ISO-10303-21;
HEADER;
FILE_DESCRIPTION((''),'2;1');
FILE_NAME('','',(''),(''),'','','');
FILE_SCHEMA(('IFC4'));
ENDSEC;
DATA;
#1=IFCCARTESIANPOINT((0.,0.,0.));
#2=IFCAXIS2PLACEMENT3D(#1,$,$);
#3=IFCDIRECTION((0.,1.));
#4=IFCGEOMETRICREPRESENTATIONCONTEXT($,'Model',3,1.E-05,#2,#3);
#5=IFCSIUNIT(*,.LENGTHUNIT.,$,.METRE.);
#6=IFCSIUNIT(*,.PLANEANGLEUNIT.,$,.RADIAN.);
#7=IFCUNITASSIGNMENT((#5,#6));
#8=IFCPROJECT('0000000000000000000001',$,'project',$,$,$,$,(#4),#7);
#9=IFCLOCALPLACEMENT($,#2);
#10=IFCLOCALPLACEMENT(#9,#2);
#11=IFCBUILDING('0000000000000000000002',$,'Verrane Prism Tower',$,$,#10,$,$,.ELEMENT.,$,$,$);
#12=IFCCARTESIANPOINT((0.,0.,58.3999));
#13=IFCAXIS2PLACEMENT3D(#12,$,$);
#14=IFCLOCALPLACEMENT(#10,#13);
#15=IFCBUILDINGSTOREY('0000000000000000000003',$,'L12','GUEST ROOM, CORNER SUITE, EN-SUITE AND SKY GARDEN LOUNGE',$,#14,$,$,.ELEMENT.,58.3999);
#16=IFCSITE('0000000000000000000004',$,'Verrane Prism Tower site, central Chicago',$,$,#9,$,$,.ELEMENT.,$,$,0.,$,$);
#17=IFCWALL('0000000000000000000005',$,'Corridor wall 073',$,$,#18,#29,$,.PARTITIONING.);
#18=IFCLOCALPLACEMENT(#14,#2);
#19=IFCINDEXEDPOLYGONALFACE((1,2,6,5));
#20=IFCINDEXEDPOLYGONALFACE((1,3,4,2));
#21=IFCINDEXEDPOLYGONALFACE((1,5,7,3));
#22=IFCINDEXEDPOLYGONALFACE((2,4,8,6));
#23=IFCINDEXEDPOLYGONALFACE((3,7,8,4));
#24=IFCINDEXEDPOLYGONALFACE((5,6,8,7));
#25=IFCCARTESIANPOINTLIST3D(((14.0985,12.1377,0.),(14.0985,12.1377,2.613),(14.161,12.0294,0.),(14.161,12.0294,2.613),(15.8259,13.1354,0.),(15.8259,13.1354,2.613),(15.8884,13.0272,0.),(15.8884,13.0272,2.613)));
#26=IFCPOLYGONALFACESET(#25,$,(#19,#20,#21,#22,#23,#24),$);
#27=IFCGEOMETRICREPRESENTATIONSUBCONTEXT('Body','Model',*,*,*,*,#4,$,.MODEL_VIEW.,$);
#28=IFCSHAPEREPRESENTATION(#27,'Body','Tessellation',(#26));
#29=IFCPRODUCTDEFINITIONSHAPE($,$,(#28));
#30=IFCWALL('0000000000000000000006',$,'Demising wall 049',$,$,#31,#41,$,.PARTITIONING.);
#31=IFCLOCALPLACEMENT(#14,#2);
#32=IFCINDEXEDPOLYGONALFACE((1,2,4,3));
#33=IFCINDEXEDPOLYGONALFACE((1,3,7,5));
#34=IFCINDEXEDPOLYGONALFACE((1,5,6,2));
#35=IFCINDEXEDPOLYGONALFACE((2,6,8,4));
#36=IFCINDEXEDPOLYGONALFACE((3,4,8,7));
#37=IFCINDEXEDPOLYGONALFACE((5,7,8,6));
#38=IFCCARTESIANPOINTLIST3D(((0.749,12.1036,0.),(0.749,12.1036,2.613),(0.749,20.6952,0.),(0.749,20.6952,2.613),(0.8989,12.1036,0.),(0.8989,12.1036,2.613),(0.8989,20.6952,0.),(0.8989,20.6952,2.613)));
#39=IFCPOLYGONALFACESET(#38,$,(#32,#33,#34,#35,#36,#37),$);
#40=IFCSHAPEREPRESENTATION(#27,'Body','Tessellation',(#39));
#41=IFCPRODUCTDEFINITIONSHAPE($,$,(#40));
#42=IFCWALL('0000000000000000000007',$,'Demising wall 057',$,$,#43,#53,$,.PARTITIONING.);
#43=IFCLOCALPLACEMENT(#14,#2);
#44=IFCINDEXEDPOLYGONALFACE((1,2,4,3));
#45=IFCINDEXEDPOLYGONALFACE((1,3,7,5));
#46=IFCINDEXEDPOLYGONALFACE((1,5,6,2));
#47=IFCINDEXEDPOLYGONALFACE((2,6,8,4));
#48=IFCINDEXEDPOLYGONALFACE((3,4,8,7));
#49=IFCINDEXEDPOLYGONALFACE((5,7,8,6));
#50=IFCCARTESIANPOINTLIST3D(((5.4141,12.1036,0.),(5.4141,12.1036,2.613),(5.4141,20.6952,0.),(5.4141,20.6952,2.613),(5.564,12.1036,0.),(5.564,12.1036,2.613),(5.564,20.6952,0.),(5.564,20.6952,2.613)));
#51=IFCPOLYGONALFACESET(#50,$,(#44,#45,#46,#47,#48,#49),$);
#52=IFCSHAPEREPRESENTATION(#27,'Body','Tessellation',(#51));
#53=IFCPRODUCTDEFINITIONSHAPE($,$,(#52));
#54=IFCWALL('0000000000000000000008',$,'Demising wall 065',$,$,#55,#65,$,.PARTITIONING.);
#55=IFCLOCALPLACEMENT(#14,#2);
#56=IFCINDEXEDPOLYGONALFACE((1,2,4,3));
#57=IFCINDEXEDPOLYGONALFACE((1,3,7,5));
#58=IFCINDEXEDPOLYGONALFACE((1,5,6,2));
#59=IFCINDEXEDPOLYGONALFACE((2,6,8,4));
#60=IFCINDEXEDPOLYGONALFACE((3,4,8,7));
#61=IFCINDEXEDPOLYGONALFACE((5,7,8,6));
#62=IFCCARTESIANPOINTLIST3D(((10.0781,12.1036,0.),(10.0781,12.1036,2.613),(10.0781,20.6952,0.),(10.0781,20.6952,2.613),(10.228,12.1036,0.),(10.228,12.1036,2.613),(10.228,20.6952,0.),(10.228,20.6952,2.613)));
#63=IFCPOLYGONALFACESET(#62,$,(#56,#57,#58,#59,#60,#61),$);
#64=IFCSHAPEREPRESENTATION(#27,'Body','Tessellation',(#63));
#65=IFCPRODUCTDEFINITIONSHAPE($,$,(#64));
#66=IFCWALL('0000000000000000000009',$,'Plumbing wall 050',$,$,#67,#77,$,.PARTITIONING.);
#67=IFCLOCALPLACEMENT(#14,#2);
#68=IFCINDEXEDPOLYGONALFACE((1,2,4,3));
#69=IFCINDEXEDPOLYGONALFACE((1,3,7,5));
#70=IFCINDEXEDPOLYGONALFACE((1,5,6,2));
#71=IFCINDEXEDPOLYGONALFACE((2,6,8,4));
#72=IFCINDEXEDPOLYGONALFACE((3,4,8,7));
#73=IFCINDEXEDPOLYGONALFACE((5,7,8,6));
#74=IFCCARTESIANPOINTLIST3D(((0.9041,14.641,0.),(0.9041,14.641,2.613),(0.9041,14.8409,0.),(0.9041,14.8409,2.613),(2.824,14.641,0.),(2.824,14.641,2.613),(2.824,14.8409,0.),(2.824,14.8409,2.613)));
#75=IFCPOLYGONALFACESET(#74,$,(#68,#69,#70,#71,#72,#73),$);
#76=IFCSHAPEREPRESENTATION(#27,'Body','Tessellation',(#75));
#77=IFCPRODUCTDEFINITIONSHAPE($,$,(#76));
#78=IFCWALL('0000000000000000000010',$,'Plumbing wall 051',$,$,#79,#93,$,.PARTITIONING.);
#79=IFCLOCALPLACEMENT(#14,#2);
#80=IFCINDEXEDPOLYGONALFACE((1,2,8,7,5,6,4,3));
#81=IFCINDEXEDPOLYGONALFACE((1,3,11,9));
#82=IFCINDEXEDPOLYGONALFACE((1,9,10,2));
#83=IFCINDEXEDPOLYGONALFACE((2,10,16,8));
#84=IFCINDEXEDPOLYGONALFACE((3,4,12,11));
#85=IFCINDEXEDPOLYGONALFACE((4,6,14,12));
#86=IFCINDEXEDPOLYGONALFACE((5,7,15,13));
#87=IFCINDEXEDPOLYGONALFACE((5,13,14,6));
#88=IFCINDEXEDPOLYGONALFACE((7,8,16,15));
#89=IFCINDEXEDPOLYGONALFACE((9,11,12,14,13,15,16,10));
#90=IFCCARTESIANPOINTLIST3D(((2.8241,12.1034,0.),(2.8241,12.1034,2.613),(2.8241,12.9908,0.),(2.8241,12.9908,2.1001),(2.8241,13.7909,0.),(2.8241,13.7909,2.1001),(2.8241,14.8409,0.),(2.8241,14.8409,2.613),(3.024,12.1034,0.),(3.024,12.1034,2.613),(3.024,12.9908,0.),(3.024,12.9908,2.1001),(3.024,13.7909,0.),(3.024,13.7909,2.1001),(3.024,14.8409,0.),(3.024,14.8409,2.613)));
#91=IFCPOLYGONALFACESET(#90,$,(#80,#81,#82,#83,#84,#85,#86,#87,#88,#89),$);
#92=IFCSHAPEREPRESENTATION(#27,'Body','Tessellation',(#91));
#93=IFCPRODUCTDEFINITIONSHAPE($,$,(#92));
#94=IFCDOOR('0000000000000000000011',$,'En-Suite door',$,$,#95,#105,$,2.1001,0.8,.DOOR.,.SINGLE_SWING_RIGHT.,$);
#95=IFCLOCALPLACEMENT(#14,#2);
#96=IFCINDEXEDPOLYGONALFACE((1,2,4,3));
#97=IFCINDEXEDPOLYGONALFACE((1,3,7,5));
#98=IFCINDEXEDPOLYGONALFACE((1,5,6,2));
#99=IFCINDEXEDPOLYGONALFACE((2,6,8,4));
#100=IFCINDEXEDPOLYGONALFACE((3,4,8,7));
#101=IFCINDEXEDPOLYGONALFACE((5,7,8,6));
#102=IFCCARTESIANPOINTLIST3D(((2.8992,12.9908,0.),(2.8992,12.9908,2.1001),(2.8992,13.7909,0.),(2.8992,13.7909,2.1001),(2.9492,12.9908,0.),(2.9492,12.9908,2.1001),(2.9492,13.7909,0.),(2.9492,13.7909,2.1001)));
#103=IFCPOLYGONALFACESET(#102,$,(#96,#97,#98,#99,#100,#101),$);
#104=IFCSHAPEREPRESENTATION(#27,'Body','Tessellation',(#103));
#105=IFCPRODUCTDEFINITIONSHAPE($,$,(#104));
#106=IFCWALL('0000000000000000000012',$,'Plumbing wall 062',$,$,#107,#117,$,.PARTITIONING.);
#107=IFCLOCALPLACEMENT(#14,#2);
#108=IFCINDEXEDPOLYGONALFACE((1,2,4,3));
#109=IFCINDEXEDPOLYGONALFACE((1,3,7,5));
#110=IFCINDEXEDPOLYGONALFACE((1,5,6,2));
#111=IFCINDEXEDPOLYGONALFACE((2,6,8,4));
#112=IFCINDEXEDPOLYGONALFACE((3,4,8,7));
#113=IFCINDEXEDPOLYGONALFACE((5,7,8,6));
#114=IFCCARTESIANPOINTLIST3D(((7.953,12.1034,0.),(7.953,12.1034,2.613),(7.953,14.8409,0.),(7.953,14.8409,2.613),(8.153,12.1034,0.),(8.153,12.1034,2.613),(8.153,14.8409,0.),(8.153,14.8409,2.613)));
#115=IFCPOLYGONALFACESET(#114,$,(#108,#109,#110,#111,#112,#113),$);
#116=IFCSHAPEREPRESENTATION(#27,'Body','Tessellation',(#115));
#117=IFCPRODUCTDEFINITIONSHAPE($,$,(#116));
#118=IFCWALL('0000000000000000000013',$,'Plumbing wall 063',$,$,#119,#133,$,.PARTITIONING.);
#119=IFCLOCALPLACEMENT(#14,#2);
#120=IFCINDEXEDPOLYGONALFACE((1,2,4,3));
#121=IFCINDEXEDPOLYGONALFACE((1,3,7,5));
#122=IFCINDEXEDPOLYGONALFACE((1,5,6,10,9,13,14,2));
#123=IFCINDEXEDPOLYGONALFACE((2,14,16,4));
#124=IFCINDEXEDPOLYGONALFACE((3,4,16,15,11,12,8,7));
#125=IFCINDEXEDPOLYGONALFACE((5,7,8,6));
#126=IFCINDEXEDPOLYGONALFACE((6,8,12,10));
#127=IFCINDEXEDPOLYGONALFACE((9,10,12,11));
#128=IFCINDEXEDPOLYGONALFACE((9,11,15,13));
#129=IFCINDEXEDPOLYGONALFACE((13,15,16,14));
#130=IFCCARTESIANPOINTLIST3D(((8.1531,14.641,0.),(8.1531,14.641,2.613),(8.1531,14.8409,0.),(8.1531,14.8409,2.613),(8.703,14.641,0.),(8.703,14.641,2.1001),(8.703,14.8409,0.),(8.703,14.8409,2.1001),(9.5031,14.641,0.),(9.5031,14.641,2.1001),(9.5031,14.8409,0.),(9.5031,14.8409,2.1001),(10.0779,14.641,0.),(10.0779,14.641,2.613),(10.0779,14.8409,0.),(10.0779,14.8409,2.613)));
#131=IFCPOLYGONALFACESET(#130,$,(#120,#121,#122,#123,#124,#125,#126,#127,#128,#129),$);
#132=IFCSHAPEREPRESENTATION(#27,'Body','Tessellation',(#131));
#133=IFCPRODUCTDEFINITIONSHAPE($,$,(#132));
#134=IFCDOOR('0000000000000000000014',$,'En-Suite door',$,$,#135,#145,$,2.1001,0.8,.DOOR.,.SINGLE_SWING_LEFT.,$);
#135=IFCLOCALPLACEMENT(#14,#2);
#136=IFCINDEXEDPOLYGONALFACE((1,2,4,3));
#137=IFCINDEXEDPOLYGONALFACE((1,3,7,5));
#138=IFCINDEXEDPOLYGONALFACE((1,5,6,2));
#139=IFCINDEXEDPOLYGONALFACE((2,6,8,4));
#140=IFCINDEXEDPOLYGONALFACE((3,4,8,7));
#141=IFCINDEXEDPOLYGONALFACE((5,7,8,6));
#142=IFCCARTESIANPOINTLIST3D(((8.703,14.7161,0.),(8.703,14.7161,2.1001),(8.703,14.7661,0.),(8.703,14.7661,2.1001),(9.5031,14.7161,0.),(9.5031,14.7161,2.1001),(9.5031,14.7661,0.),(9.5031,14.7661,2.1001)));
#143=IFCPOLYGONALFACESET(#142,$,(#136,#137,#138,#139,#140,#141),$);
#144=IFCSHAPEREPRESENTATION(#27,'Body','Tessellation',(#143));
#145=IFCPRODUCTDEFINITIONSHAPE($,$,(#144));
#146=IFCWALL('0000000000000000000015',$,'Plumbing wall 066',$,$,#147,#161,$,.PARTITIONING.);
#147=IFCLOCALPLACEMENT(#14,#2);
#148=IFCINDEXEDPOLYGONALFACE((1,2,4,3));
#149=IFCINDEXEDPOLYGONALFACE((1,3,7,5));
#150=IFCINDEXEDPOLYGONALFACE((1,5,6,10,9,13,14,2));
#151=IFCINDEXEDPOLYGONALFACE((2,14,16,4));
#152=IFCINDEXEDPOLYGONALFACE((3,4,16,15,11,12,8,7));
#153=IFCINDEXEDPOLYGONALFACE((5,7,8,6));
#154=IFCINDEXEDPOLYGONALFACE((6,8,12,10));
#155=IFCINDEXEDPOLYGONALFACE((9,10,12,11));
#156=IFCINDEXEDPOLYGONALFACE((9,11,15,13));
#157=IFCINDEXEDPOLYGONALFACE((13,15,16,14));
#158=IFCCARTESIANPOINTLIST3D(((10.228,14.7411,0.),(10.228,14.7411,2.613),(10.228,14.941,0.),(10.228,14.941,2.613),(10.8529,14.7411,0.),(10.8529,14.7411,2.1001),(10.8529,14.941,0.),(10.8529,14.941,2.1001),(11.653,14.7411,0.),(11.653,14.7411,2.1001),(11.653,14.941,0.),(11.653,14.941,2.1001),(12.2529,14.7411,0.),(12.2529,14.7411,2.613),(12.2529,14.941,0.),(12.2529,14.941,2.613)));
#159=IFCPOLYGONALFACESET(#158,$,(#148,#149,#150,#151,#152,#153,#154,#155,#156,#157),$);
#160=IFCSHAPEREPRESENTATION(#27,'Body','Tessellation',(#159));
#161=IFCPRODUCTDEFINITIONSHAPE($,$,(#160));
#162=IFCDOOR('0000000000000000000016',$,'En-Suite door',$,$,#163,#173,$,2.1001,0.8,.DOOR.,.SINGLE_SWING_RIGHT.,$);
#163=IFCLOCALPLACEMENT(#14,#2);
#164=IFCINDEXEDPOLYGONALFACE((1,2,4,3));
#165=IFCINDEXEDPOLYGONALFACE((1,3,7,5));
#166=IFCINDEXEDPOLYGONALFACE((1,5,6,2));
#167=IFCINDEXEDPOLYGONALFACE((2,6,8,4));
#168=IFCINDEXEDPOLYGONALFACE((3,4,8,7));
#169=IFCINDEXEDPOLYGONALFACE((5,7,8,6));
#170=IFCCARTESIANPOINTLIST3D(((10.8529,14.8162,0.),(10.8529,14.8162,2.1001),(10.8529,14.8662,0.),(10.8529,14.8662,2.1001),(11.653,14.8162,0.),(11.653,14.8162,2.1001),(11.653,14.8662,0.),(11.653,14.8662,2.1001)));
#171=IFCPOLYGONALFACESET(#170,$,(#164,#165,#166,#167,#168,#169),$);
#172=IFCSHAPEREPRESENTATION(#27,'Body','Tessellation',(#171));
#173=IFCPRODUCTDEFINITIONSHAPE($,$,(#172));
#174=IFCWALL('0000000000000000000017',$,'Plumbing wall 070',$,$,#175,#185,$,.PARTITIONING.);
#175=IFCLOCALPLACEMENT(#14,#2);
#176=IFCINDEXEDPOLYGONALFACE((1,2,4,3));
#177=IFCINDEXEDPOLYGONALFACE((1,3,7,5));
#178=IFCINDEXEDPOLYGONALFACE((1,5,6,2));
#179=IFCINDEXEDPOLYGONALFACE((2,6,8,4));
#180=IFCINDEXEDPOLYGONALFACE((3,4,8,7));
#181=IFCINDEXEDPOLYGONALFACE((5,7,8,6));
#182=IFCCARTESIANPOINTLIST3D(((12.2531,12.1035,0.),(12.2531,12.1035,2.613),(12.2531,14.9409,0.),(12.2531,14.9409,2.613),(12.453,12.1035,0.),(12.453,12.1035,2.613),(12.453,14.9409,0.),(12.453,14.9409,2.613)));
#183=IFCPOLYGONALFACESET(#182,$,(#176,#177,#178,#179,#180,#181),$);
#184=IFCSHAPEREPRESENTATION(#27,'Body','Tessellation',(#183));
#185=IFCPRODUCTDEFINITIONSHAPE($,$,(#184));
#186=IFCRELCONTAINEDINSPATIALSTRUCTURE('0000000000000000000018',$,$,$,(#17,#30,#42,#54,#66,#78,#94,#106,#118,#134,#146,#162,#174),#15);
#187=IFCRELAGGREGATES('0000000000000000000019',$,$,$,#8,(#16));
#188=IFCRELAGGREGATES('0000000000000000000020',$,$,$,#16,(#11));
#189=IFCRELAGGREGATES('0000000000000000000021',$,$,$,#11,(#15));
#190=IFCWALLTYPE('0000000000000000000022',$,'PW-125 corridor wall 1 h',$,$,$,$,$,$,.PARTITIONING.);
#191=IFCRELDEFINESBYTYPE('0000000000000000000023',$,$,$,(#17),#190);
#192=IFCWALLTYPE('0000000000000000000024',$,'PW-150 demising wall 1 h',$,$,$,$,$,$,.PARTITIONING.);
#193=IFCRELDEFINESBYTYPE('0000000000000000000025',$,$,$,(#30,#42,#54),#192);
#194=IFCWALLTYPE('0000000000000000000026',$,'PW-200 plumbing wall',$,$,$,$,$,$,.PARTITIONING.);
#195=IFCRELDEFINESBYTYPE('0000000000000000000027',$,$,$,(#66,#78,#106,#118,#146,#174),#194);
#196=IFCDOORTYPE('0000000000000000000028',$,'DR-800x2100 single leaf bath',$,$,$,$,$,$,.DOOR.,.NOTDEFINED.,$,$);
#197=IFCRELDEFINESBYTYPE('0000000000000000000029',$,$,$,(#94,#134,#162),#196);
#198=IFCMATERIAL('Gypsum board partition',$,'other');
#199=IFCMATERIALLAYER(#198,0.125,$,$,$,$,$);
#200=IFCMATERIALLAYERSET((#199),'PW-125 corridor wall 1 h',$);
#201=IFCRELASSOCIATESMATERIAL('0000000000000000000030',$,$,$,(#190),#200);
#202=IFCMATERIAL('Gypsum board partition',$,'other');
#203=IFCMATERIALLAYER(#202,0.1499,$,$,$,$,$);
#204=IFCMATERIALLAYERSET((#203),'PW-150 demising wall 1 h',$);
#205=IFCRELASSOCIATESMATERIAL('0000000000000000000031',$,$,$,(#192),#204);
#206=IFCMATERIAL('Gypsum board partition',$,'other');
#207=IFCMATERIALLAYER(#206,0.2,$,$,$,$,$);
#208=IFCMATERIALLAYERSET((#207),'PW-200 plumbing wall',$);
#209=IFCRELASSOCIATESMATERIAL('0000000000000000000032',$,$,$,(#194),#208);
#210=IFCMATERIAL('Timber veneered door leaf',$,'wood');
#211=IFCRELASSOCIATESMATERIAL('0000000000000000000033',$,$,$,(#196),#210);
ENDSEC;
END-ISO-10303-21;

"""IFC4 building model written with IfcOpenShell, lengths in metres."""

from ifc_helpers import new_model, si_unit, direction, frame, frame_2d, origin, place, context, subcontext, project, spatial, rectangle, extrude, material, layer, layer_set, type_object, element, fill, save


model = new_model("IFC4")

# Units and contexts
model_context = context("Model", 3, precision=1e-05, world=origin(), true_north=direction((0.0, 1.0)))
body_context = subcontext(model_context, "Body", "Model", "MODEL_VIEW")
ifc_project = project(units=[si_unit("LENGTHUNIT", "METRE"), si_unit("PLANEANGLEUNIT", "RADIAN")], contexts=[model_context])

# Site, building, storey
site_placement = place(None, origin())
site = spatial("IfcSite", under=ifc_project, at=site_placement, Name="Verrane Prism Tower site, central Chicago", CompositionType="ELEMENT", RefElevation=0.0)
building_placement = place(site_placement, origin())
building = spatial("IfcBuilding", under=site, at=building_placement, Name="Verrane Prism Tower", CompositionType="ELEMENT")
storey_placement = place(building_placement, frame((0.0, 0.0, 58.3999)))
storey = spatial("IfcBuildingStorey", under=building, at=storey_placement, Name="L12", Description="GUEST ROOM, CORNER SUITE, EN-SUITE AND SKY GARDEN LOUNGE", CompositionType="ELEMENT", Elevation=58.3999)

# Walls
ifc_material_1 = material(Name="Gypsum board partition", Category="other")
ifc_layer_1 = layer(ifc_material_1, 0.125)
ifc_layer_set_1 = layer_set([ifc_layer_1], Name="PW-125 corridor wall 1 h")
wall_type_1 = type_object("IfcWallType", Name="PW-125 corridor wall 1 h", PredefinedType="PARTITIONING", material=ifc_layer_set_1)
wall_1_placement = place(storey_placement, frame((14.1296, 12.0835, 0.0), z_axis=(0.0, 0.0, 1.0), x_axis=(0.865937, 0.500153, 0.0)))
element("IfcWall", 1, at=wall_1_placement, inside=storey, type_object=wall_type_1, Name="Corridor wall 073", PredefinedType="PARTITIONING", context=body_context, shape_type="SweptSolid", body=[
    extrude(rectangle(XDim=1.9949, YDim=0.125, at=frame_2d((0.9976, 0.0))), origin(), (0.0, 0.0, 1.0), 2.613),
])
ifc_material_2 = material(Name="Gypsum board partition", Category="other")
ifc_layer_2 = layer(ifc_material_2, 0.1499)
ifc_layer_set_2 = layer_set([ifc_layer_2], Name="PW-150 demising wall 1 h")
wall_type_2 = type_object("IfcWallType", Name="PW-150 demising wall 1 h", PredefinedType="PARTITIONING", material=ifc_layer_set_2)
for number, where, z_axis, x_axis, name in (
    (2, (0.824, 12.1035, 0.0), (0.0, 0.0, 1.0), (0.0, 1.0, 0.0), "Demising wall 049"),
    (3, (5.489, 12.1035, 0.0), (0.0, 0.0, 1.0), (0.0, 1.0, 0.0), "Demising wall 057"),
    (4, (10.1531, 12.1035, 0.0), (0.0, 0.0, 1.0), (0.0, 1.0, 0.0), "Demising wall 065"),
):
    element("IfcWall", number, at=place(storey_placement, frame(where, z_axis=z_axis, x_axis=x_axis)), inside=storey, type_object=wall_type_2, Name=name, PredefinedType="PARTITIONING", context=body_context, shape_type="SweptSolid", body=[
        extrude(rectangle(XDim=8.5916, YDim=0.1499, at=frame_2d((4.2959, 0.0))), origin(), (0.0, 0.0, 1.0), 2.613),
    ])
ifc_material_3 = material(Name="Gypsum board partition", Category="other")
ifc_layer_3 = layer(ifc_material_3, 0.2)
ifc_layer_set_3 = layer_set([ifc_layer_3], Name="PW-200 plumbing wall")
wall_type_3 = type_object("IfcWallType", Name="PW-200 plumbing wall", PredefinedType="PARTITIONING", material=ifc_layer_set_3)
wall_2_placement = place(storey_placement, frame((0.9041, 14.741, 0.0), z_axis=(0.0, 0.0, 1.0), x_axis=(1.0, 0.0, 0.0)))
element("IfcWall", 5, at=wall_2_placement, inside=storey, type_object=wall_type_3, Name="Plumbing wall 050", PredefinedType="PARTITIONING", context=body_context, shape_type="SweptSolid", body=[
    extrude(rectangle(XDim=1.9199, YDim=0.2, at=frame_2d((0.96, 0.0))), origin(), (0.0, 0.0, 1.0), 2.613),
])

# Wall, opening, door
wall_3_placement = place(storey_placement, frame((2.9241, 12.1035, 0.0), z_axis=(0.0, 0.0, 1.0), x_axis=(0.0, 1.0, 0.0)))
wall_3 = element("IfcWall", 6, at=wall_3_placement, inside=storey, type_object=wall_type_3, Name="Plumbing wall 051", PredefinedType="PARTITIONING", context=body_context, shape_type="SweptSolid", body=[
    extrude(rectangle(XDim=2.7375, YDim=0.2, at=frame_2d((1.3687, 0.0))), origin(), (0.0, 0.0, 1.0), 2.613),
])
opening_1_placement = place(wall_3_placement, frame((0.8875, 0.0, 0.0)))
opening_1 = element("IfcOpeningElement", 7, at=opening_1_placement, cuts=wall_3, PredefinedType="OPENING", context=body_context, shape_type="SweptSolid", body=[
    extrude(rectangle(XDim=0.8, YDim=2.1001, at=frame_2d((0.3999, 1.05))), frame((0.0, 0.1099, 0.0), z_axis=(0.0, -1.0, 0.0), x_axis=(1.0, 0.0, 0.0)), (0.0, 0.0, 1.0), 0.22),
])
ifc_material_4 = material(Name="Timber veneered door leaf", Category="wood")
door_type = type_object("IfcDoorType", Name="DR-800x2100 single leaf bath", OperationType="NOTDEFINED", PredefinedType="DOOR", material=ifc_material_4)
door_1_placement = place(opening_1_placement, origin())
door_1 = element("IfcDoor", 8, at=door_1_placement, inside=storey, type_object=door_type, Name="En-Suite door", OperationType="SINGLE_SWING_RIGHT", OverallHeight=2.1001, OverallWidth=0.8, PredefinedType="DOOR", context=body_context, shape_type="SweptSolid", body=[
    extrude(rectangle(XDim=0.8, YDim=2.1001, at=frame_2d((0.3999, 1.05))), frame((0.0, 0.0249, 0.0), z_axis=(0.0, -1.0, 0.0), x_axis=(1.0, 0.0, 0.0)), (0.0, 0.0, 1.0), 0.05),
])
fill(opening_1, door_1)

# Wall
wall_4_placement = place(storey_placement, frame((8.053, 12.1035, 0.0), z_axis=(0.0, 0.0, 1.0), x_axis=(0.0, 1.0, 0.0)))
element("IfcWall", 9, at=wall_4_placement, inside=storey, type_object=wall_type_3, Name="Plumbing wall 062", PredefinedType="PARTITIONING", context=body_context, shape_type="SweptSolid", body=[
    extrude(rectangle(XDim=2.7375, YDim=0.2, at=frame_2d((1.3687, 0.0))), origin(), (0.0, 0.0, 1.0), 2.613),
])

# Walls, openings, doors
wall_5_placement = place(storey_placement, frame((10.0779, 14.741, 0.0), z_axis=(0.0, 0.0, 1.0), x_axis=(-1.0, 0.0, 0.0)))
wall_5 = element("IfcWall", 10, at=wall_5_placement, inside=storey, type_object=wall_type_3, Name="Plumbing wall 063", PredefinedType="PARTITIONING", context=body_context, shape_type="SweptSolid", body=[
    extrude(rectangle(XDim=1.9248, YDim=0.2, at=frame_2d((0.9624, 0.0))), origin(), (0.0, 0.0, 1.0), 2.613),
])
opening_2_placement = place(wall_5_placement, frame((0.575, 0.0, 0.0)))
opening_2 = element("IfcOpeningElement", 11, at=opening_2_placement, cuts=wall_5, PredefinedType="OPENING", context=body_context, shape_type="SweptSolid", body=[
    extrude(rectangle(XDim=0.8, YDim=2.1001, at=frame_2d((0.3999, 1.05))), frame((0.0, 0.1099, 0.0), z_axis=(0.0, -1.0, 0.0), x_axis=(1.0, 0.0, 0.0)), (0.0, 0.0, 1.0), 0.22),
])
door_2_placement = place(opening_2_placement, origin())
door_2 = element("IfcDoor", 12, at=door_2_placement, inside=storey, type_object=door_type, Name="En-Suite door", OperationType="SINGLE_SWING_LEFT", OverallHeight=2.1001, OverallWidth=0.8, PredefinedType="DOOR", context=body_context, shape_type="SweptSolid", body=[
    extrude(rectangle(XDim=0.8, YDim=2.1001, at=frame_2d((0.3999, 1.05))), frame((0.0, 0.0249, 0.0), z_axis=(0.0, -1.0, 0.0), x_axis=(1.0, 0.0, 0.0)), (0.0, 0.0, 1.0), 0.05),
])
fill(opening_2, door_2)
wall_6_placement = place(storey_placement, frame((12.2529, 14.8411, 0.0), z_axis=(0.0, 0.0, 1.0), x_axis=(-1.0, 0.0, 0.0)))
wall_6 = element("IfcWall", 13, at=wall_6_placement, inside=storey, type_object=wall_type_3, Name="Plumbing wall 066", PredefinedType="PARTITIONING", context=body_context, shape_type="SweptSolid", body=[
    extrude(rectangle(XDim=2.0249, YDim=0.2, at=frame_2d((1.0125, 0.0))), origin(), (0.0, 0.0, 1.0), 2.613),
])
opening_3_placement = place(wall_6_placement, frame((0.6001, 0.0, 0.0)))
opening_3 = element("IfcOpeningElement", 14, at=opening_3_placement, cuts=wall_6, PredefinedType="OPENING", context=body_context, shape_type="SweptSolid", body=[
    extrude(rectangle(XDim=0.8, YDim=2.1001, at=frame_2d((0.3999, 1.05))), frame((0.0, 0.1099, 0.0), z_axis=(0.0, -1.0, 0.0), x_axis=(1.0, 0.0, 0.0)), (0.0, 0.0, 1.0), 0.22),
])
door_3_placement = place(opening_3_placement, origin())
door_3 = element("IfcDoor", 15, at=door_3_placement, inside=storey, type_object=door_type, Name="En-Suite door", OperationType="SINGLE_SWING_RIGHT", OverallHeight=2.1001, OverallWidth=0.8, PredefinedType="DOOR", context=body_context, shape_type="SweptSolid", body=[
    extrude(rectangle(XDim=0.8, YDim=2.1001, at=frame_2d((0.3999, 1.05))), frame((0.0, 0.0249, 0.0), z_axis=(0.0, -1.0, 0.0), x_axis=(1.0, 0.0, 0.0)), (0.0, 0.0, 1.0), 0.05),
])
fill(opening_3, door_3)

# Wall
wall_7_placement = place(storey_placement, frame((12.353, 12.1035, 0.0), z_axis=(0.0, 0.0, 1.0), x_axis=(0.0, 1.0, 0.0)))
element("IfcWall", 16, at=wall_7_placement, inside=storey, type_object=wall_type_3, Name="Plumbing wall 070", PredefinedType="PARTITIONING", context=body_context, shape_type="SweptSolid", body=[
    extrude(rectangle(XDim=2.8374, YDim=0.2, at=frame_2d((1.4187, 0.0))), origin(), (0.0, 0.0, 1.0), 2.613),
])

save(model, "model.ifc")
